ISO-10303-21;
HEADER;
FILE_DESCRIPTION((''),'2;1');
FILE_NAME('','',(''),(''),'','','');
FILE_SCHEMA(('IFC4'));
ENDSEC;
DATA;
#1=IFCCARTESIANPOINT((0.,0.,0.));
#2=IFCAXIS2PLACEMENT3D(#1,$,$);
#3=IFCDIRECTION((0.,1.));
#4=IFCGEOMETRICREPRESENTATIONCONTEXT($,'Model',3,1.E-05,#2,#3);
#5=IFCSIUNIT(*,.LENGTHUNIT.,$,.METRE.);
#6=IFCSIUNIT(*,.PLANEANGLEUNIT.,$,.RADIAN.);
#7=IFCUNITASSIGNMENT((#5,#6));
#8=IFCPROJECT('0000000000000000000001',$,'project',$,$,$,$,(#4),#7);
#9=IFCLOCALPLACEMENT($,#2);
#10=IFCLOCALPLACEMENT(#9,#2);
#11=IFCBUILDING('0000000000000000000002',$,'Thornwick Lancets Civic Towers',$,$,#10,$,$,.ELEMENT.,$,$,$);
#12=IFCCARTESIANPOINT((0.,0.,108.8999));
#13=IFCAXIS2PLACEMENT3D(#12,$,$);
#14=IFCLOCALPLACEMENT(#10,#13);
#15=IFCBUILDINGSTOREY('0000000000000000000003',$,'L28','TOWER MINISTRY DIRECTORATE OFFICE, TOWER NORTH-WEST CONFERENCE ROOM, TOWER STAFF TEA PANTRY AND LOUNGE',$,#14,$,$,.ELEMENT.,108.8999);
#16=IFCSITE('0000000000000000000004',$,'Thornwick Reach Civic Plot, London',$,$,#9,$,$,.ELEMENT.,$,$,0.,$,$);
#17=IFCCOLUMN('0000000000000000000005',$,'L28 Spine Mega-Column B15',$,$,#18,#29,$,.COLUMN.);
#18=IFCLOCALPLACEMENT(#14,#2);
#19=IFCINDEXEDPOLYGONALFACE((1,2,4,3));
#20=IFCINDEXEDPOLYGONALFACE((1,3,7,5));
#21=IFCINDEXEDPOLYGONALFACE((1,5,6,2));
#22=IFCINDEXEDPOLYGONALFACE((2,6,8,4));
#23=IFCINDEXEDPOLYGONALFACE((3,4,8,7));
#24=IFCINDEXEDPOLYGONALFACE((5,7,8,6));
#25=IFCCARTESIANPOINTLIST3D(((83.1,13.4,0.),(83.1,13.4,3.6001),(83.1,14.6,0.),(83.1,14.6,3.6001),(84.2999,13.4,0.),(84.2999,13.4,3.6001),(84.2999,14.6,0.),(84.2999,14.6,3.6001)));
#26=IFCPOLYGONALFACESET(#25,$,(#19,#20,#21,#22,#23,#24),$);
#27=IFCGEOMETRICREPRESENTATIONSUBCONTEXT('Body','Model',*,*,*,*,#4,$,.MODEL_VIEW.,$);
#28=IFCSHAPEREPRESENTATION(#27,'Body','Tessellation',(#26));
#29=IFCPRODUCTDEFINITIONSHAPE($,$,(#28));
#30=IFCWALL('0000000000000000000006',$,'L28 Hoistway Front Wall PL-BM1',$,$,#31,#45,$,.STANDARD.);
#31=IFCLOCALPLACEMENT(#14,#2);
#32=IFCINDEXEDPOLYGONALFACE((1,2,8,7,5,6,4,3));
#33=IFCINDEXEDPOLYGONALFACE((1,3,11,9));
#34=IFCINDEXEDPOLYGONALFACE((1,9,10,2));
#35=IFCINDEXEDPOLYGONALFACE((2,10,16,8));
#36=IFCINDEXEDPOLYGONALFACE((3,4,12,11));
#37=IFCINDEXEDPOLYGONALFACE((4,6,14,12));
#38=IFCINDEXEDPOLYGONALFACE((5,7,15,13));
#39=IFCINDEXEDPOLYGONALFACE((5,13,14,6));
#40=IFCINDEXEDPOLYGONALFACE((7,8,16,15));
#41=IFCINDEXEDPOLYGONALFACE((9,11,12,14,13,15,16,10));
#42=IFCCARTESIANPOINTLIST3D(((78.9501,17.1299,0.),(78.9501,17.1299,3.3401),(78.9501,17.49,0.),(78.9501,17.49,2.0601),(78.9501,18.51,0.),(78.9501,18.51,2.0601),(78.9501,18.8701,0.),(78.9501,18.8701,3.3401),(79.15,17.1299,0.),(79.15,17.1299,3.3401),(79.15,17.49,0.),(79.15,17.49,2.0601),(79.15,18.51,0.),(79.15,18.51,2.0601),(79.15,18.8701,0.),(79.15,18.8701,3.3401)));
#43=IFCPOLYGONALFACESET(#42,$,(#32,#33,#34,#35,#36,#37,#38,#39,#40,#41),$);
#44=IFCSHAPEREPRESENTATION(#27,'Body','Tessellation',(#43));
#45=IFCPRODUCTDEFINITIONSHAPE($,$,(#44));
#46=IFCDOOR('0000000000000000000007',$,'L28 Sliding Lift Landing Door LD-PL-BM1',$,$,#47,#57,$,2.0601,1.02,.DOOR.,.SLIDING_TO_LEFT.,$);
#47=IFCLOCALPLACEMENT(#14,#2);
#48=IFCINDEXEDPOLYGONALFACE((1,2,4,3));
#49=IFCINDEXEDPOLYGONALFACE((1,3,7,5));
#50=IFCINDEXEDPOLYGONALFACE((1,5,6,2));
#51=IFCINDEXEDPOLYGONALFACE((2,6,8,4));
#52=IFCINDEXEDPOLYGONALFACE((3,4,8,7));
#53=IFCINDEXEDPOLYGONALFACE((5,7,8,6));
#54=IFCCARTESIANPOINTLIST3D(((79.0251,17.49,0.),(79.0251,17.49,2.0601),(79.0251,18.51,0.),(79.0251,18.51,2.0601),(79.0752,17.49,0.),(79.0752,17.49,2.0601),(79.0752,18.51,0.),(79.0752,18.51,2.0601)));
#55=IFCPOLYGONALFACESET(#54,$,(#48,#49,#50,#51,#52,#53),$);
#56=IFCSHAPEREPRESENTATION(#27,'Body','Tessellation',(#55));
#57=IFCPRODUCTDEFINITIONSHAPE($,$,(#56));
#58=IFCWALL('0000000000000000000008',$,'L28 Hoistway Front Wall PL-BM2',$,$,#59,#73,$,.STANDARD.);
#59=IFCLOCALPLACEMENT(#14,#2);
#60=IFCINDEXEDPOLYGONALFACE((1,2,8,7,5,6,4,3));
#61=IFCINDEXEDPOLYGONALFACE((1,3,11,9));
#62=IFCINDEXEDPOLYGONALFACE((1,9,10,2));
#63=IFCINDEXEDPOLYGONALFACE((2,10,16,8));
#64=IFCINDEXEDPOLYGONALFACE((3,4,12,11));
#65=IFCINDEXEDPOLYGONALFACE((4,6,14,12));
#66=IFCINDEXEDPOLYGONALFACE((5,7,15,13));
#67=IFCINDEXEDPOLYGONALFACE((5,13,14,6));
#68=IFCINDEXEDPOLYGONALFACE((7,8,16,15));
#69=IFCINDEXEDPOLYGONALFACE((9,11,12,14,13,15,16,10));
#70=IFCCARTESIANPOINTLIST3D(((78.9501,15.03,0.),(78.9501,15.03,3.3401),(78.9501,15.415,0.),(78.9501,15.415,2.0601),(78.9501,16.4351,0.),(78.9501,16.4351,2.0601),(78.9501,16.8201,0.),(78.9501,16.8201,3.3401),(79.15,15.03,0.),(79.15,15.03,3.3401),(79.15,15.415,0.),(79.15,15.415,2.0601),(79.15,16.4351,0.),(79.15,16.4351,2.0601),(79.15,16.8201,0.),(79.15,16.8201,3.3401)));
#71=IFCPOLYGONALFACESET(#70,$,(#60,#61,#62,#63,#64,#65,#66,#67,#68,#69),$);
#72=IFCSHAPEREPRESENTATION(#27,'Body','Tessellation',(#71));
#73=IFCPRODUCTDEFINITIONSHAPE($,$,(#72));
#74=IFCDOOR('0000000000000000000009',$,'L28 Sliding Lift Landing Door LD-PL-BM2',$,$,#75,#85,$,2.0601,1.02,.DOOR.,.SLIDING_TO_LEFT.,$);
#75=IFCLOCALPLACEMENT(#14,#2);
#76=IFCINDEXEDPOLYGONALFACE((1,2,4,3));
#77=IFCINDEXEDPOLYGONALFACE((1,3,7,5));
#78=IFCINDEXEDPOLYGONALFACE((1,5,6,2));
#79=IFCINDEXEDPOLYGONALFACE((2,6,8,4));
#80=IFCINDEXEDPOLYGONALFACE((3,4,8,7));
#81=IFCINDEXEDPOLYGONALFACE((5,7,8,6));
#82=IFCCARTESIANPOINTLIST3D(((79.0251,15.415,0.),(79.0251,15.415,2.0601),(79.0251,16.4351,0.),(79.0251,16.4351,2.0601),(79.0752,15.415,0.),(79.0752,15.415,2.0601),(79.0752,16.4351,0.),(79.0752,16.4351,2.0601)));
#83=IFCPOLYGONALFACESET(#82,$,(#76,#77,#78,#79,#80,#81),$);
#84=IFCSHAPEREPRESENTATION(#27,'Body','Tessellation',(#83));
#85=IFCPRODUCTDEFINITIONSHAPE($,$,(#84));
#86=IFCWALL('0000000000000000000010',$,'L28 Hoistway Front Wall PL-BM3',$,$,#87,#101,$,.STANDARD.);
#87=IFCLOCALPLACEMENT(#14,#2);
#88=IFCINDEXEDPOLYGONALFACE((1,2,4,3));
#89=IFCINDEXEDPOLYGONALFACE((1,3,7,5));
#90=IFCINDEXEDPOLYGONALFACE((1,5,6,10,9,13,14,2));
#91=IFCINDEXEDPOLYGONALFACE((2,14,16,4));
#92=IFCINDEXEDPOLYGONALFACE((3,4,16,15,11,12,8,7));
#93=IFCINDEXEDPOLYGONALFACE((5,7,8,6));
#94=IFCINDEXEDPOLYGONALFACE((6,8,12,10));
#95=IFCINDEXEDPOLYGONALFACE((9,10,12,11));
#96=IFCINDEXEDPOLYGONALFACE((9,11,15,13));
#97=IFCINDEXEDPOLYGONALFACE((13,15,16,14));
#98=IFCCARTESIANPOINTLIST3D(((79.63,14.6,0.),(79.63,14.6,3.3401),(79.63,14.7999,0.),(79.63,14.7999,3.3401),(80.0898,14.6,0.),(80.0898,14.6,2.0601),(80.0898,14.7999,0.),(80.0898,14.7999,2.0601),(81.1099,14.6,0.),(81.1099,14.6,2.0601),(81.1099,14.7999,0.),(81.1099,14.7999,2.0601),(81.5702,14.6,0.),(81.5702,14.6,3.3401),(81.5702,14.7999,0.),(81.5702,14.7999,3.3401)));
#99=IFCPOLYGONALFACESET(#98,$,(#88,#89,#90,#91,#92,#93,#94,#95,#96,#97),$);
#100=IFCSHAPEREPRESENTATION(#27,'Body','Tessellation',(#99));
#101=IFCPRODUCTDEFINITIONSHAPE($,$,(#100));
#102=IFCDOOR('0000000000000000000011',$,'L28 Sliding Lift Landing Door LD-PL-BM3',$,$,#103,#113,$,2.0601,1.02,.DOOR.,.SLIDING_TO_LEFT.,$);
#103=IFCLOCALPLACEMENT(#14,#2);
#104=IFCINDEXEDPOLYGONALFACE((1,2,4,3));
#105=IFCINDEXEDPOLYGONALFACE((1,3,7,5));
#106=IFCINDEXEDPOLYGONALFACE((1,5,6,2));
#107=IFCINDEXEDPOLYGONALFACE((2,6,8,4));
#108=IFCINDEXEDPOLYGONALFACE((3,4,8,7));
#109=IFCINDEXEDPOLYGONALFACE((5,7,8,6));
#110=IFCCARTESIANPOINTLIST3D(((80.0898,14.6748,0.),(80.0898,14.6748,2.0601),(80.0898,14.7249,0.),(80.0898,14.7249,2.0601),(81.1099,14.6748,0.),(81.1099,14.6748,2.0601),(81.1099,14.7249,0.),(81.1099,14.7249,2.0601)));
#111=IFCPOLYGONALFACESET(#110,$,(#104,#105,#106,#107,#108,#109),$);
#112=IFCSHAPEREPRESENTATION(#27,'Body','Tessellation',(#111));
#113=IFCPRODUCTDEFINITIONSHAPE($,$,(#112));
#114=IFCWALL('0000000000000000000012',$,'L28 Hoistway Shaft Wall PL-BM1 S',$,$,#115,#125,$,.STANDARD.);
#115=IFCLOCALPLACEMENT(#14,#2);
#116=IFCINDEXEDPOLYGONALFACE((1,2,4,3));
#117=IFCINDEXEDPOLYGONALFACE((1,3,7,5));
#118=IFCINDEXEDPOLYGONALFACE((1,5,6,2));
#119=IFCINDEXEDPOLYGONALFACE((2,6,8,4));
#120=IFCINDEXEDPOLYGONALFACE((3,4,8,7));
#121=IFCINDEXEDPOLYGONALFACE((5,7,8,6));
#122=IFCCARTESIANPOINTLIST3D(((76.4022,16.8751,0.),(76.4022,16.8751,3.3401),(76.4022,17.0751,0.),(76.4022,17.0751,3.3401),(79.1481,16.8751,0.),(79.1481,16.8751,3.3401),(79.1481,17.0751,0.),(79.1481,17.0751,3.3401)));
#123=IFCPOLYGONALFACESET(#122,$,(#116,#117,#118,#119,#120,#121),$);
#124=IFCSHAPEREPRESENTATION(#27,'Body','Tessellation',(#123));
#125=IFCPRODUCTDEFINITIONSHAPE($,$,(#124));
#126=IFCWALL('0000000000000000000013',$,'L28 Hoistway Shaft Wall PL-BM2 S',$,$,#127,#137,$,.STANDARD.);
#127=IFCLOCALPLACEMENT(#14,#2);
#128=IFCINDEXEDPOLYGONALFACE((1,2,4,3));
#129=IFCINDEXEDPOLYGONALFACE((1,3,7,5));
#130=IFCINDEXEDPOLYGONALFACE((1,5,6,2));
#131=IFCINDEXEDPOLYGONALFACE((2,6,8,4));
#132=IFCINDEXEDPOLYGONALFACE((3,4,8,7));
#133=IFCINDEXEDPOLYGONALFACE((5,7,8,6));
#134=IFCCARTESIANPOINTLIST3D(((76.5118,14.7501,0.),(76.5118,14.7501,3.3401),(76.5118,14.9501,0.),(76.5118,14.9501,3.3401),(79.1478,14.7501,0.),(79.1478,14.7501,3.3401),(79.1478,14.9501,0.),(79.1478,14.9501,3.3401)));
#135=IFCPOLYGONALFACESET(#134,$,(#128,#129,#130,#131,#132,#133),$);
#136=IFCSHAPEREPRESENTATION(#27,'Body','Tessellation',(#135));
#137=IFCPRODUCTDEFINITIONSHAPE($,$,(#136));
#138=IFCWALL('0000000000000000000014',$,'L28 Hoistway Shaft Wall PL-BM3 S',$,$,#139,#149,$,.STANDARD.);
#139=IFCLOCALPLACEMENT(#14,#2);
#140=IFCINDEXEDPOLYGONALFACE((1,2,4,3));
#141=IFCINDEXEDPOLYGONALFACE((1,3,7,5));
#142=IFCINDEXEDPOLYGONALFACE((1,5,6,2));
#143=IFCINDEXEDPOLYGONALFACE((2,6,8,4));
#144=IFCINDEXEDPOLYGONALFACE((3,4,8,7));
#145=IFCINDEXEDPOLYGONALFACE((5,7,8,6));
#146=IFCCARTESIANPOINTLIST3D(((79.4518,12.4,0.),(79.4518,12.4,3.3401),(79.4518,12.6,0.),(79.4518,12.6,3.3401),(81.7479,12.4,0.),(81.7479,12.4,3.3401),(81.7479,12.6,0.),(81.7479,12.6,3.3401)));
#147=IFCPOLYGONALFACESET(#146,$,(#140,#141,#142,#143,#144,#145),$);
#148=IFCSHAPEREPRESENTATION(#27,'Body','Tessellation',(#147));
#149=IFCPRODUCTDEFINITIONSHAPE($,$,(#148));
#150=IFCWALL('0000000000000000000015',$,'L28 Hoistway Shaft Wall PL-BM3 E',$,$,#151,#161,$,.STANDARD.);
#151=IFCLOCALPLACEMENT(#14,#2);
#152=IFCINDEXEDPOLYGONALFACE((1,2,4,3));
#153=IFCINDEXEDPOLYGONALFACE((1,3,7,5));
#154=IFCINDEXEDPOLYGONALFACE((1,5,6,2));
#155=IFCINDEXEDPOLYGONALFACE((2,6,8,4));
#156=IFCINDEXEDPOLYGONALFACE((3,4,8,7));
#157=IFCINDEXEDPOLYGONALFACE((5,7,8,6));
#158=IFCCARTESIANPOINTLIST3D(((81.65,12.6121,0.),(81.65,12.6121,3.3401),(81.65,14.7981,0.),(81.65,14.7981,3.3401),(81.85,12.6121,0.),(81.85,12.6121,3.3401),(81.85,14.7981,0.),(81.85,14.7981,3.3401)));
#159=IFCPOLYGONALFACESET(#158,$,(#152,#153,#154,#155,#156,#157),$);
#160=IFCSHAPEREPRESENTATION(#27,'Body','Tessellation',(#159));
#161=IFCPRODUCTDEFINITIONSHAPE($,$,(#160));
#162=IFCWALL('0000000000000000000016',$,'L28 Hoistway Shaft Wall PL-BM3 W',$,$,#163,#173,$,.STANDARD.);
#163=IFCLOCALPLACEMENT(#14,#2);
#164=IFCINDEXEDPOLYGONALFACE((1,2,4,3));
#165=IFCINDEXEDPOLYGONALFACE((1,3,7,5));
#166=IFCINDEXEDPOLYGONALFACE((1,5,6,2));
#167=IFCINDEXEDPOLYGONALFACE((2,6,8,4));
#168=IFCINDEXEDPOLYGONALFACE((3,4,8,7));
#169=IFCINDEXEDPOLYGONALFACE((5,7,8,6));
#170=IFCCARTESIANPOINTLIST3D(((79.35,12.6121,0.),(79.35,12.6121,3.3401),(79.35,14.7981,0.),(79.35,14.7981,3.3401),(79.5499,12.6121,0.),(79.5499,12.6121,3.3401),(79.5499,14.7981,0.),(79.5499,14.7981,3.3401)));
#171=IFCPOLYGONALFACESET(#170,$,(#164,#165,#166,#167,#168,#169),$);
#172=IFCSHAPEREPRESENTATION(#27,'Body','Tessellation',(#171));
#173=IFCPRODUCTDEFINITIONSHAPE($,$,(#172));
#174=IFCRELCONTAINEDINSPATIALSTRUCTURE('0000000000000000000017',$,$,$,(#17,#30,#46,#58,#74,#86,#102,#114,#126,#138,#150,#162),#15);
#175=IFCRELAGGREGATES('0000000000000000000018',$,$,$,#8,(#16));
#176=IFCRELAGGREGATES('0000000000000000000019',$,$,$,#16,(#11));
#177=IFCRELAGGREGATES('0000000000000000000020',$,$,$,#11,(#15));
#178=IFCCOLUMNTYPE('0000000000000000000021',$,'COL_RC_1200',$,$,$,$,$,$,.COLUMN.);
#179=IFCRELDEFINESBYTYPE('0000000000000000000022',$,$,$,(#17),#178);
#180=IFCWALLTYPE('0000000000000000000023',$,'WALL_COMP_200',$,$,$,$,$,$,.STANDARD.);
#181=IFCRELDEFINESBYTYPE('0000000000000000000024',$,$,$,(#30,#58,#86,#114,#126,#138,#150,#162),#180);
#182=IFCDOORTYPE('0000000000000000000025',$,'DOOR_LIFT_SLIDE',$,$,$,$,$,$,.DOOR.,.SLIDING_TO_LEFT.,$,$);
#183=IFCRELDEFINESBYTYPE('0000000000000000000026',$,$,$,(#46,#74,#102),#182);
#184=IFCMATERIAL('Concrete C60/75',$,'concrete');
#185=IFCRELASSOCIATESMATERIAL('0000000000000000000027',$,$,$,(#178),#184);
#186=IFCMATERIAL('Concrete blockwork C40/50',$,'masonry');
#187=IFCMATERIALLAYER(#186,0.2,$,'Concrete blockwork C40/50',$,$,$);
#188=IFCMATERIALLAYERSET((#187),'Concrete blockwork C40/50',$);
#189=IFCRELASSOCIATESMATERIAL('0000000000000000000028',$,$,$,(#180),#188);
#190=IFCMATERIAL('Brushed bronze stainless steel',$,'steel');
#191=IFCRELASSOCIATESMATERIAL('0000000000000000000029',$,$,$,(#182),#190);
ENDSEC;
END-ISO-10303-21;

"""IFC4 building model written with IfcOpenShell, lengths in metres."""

from ifc_helpers import new_model, si_unit, direction, frame, frame_2d, origin, origin_2d, place, context, subcontext, project, spatial, rectangle, extrude, material, layer, layer_set, material_profile, profile_set, type_object, element, fill, save


model = new_model("IFC4")

# Units and contexts
model_context = context("Model", 3, precision=1e-05, world=origin(), true_north=direction((0.0, 1.0)))
body_context = subcontext(model_context, "Body", "Model", "MODEL_VIEW")
ifc_project = project(units=[si_unit("LENGTHUNIT", "METRE"), si_unit("PLANEANGLEUNIT", "RADIAN")], contexts=[model_context])

# Site, building, storey
site_placement = place(None, origin())
site = spatial("IfcSite", under=ifc_project, at=site_placement, Name="Thornwick Reach Civic Plot, London", CompositionType="ELEMENT", RefElevation=0.0)
building_placement = place(site_placement, origin())
building = spatial("IfcBuilding", under=site, at=building_placement, Name="Thornwick Lancets Civic Towers", CompositionType="ELEMENT")
storey_placement = place(building_placement, frame((0.0, 0.0, 108.8999)))
storey = spatial("IfcBuildingStorey", under=building, at=storey_placement, Name="L28", Description="TOWER MINISTRY DIRECTORATE OFFICE, TOWER NORTH-WEST CONFERENCE ROOM, TOWER STAFF TEA PANTRY AND LOUNGE", CompositionType="ELEMENT", Elevation=108.8999)

# Column
ifc_material_1 = material(Name="Concrete C60/75", Category="concrete")
ifc_material_profile = material_profile(ifc_material_1, rectangle(XDim=1.2, YDim=1.2, at=origin_2d()), Name="RC 1200x1200")
ifc_profile_set = profile_set([ifc_material_profile], Name="Concrete C60/75")
column_type = type_object("IfcColumnType", Name="COL_RC_1200", PredefinedType="COLUMN", material=ifc_profile_set)
column_placement = place(storey_placement, frame((83.7, 14.0, 0.0), z_axis=(0.0, 0.0, 1.0), x_axis=(1.0, 0.0, 0.0)))
element("IfcColumn", 1, at=column_placement, inside=storey, type_object=column_type, Name="L28 Spine Mega-Column B15", PredefinedType="COLUMN", context=body_context, shape_type="SweptSolid", body=[
    extrude(rectangle(XDim=1.2, YDim=1.2, at=origin_2d()), origin(), (0.0, 0.0, 1.0), 3.6001),
])

# Walls, openings, doors
ifc_material_2 = material(Name="Concrete blockwork C40/50", Category="masonry")
ifc_layer_1 = layer(ifc_material_2, 0.2, Name="Concrete blockwork C40/50")
ifc_layer_set_1 = layer_set([ifc_layer_1], Name="Concrete blockwork C40/50")
wall_type_1 = type_object("IfcWallType", Name="WALL_COMP_200", PredefinedType="STANDARD", material=ifc_layer_set_1)
wall_1_placement = place(storey_placement, frame((79.05, 17.1299, 0.0), z_axis=(0.0, 0.0, 1.0), x_axis=(0.0, 1.0, 0.0)))
wall_1 = element("IfcWall", 2, at=wall_1_placement, inside=storey, type_object=wall_type_1, Name="L28 Hoistway Front Wall PL-BM1", PredefinedType="STANDARD", context=body_context, shape_type="SweptSolid", body=[
    extrude(rectangle(XDim=1.7402, YDim=0.2, at=frame_2d((0.8701, 0.0))), origin(), (0.0, 0.0, 1.0), 3.3401),
])
opening_1_placement = place(wall_1_placement, frame((0.3601, 0.0, 0.0)))
opening_1 = element("IfcOpeningElement", 3, at=opening_1_placement, cuts=wall_1, PredefinedType="OPENING", context=body_context, shape_type="SweptSolid", body=[
    extrude(rectangle(XDim=1.02, YDim=2.0601, at=frame_2d((0.51, 1.03))), frame((0.0, 0.1099, 0.0), z_axis=(0.0, -1.0, 0.0), x_axis=(1.0, 0.0, 0.0)), (0.0, 0.0, 1.0), 0.22),
])
ifc_material_3 = material(Name="Brushed bronze stainless steel", Category="steel")
door_type_1 = type_object("IfcDoorType", Name="DOOR_LIFT_SLIDE", OperationType="SLIDING_TO_LEFT", PredefinedType="DOOR", material=ifc_material_3)
door_1_placement = place(opening_1_placement, origin())
door_1 = element("IfcDoor", 4, at=door_1_placement, inside=storey, type_object=door_type_1, Name="L28 Sliding Lift Landing Door LD-PL-BM1", OperationType="SLIDING_TO_LEFT", OverallHeight=2.0601, OverallWidth=1.02, PredefinedType="DOOR", context=body_context, shape_type="SweptSolid", body=[
    extrude(rectangle(XDim=1.02, YDim=2.0601, at=frame_2d((0.51, 1.03))), frame((0.0, 0.0249, 0.0), z_axis=(0.0, -1.0, 0.0), x_axis=(1.0, 0.0, 0.0)), (0.0, 0.0, 1.0), 0.05),
])
fill(opening_1, door_1)
wall_2_placement = place(storey_placement, frame((79.05, 15.03, 0.0), z_axis=(0.0, 0.0, 1.0), x_axis=(0.0, 1.0, 0.0)))
wall_2 = element("IfcWall", 5, at=wall_2_placement, inside=storey, type_object=wall_type_1, Name="L28 Hoistway Front Wall PL-BM2", PredefinedType="STANDARD", context=body_context, shape_type="SweptSolid", body=[
    extrude(rectangle(XDim=1.79, YDim=0.2, at=frame_2d((0.895, 0.0))), origin(), (0.0, 0.0, 1.0), 3.3401),
])
opening_2_placement = place(wall_2_placement, frame((0.385, 0.0, 0.0)))
opening_2 = element("IfcOpeningElement", 6, at=opening_2_placement, cuts=wall_2, PredefinedType="OPENING", context=body_context, shape_type="SweptSolid", body=[
    extrude(rectangle(XDim=1.02, YDim=2.0601, at=frame_2d((0.51, 1.03))), frame((0.0, 0.1099, 0.0), z_axis=(0.0, -1.0, 0.0), x_axis=(1.0, 0.0, 0.0)), (0.0, 0.0, 1.0), 0.22),
])
door_2_placement = place(opening_2_placement, origin())
door_2 = element("IfcDoor", 7, at=door_2_placement, inside=storey, type_object=door_type_1, Name="L28 Sliding Lift Landing Door LD-PL-BM2", OperationType="SLIDING_TO_LEFT", OverallHeight=2.0601, OverallWidth=1.02, PredefinedType="DOOR", context=body_context, shape_type="SweptSolid", body=[
    extrude(rectangle(XDim=1.02, YDim=2.0601, at=frame_2d((0.51, 1.03))), frame((0.0, 0.0249, 0.0), z_axis=(0.0, -1.0, 0.0), x_axis=(1.0, 0.0, 0.0)), (0.0, 0.0, 1.0), 0.05),
])
fill(opening_2, door_2)
wall_3_placement = place(storey_placement, frame((79.6299, 14.7, 0.0), z_axis=(0.0, 0.0, 1.0), x_axis=(1.0, 0.0, 0.0)))
wall_3 = element("IfcWall", 8, at=wall_3_placement, inside=storey, type_object=wall_type_1, Name="L28 Hoistway Front Wall PL-BM3", PredefinedType="STANDARD", context=body_context, shape_type="SweptSolid", body=[
    extrude(rectangle(XDim=1.9402, YDim=0.2, at=frame_2d((0.9702, 0.0))), origin(), (0.0, 0.0, 1.0), 3.3401),
])
opening_3_placement = place(wall_3_placement, frame((0.46, 0.0, 0.0)))
opening_3 = element("IfcOpeningElement", 9, at=opening_3_placement, cuts=wall_3, PredefinedType="OPENING", context=body_context, shape_type="SweptSolid", body=[
    extrude(rectangle(XDim=1.02, YDim=2.0601, at=frame_2d((0.51, 1.03))), frame((0.0, 0.1099, 0.0), z_axis=(0.0, -1.0, 0.0), x_axis=(1.0, 0.0, 0.0)), (0.0, 0.0, 1.0), 0.22),
])
door_3_placement = place(opening_3_placement, origin())
door_3 = element("IfcDoor", 10, at=door_3_placement, inside=storey, type_object=door_type_1, Name="L28 Sliding Lift Landing Door LD-PL-BM3", OperationType="SLIDING_TO_LEFT", OverallHeight=2.0601, OverallWidth=1.02, PredefinedType="DOOR", context=body_context, shape_type="SweptSolid", body=[
    extrude(rectangle(XDim=1.02, YDim=2.0601, at=frame_2d((0.51, 1.03))), frame((0.0, 0.0249, 0.0), z_axis=(0.0, -1.0, 0.0), x_axis=(1.0, 0.0, 0.0)), (0.0, 0.0, 1.0), 0.05),
])
fill(opening_3, door_3)

# Walls
wall_4_placement = place(storey_placement, frame((76.4021, 16.9751, 0.0), z_axis=(0.0, 0.0, 1.0), x_axis=(1.0, 0.0, 0.0)))
element("IfcWall", 11, at=wall_4_placement, inside=storey, type_object=wall_type_1, Name="L28 Hoistway Shaft Wall PL-BM1 S", PredefinedType="STANDARD", context=body_context, shape_type="SweptSolid", body=[
    extrude(rectangle(XDim=2.7458, YDim=0.2, at=frame_2d((1.373, 0.0))), origin(), (0.0, 0.0, 1.0), 3.3401),
])
wall_5_placement = place(storey_placement, frame((76.512, 14.8501, 0.0), z_axis=(0.0, 0.0, 1.0), x_axis=(1.0, 0.0, 0.0)))
element("IfcWall", 12, at=wall_5_placement, inside=storey, type_object=wall_type_1, Name="L28 Hoistway Shaft Wall PL-BM2 S", PredefinedType="STANDARD", context=body_context, shape_type="SweptSolid", body=[
    extrude(rectangle(XDim=2.636, YDim=0.2, at=frame_2d((1.3179, 0.0))), origin(), (0.0, 0.0, 1.0), 3.3401),
])
wall_6_placement = place(storey_placement, frame((79.4519, 12.5, 0.0), z_axis=(0.0, 0.0, 1.0), x_axis=(1.0, 0.0, 0.0)))
element("IfcWall", 13, at=wall_6_placement, inside=storey, type_object=wall_type_1, Name="L28 Hoistway Shaft Wall PL-BM3 S", PredefinedType="STANDARD", context=body_context, shape_type="SweptSolid", body=[
    extrude(rectangle(XDim=2.2961, YDim=0.2, at=frame_2d((1.1479, 0.0))), origin(), (0.0, 0.0, 1.0), 3.3401),
])
for number, where, z_axis, x_axis, name in (
    (14, (81.75, 12.6121, 0.0), (0.0, 0.0, 1.0), (0.0, 1.0, 0.0), "L28 Hoistway Shaft Wall PL-BM3 E"),
    (15, (79.45, 12.6121, 0.0), (0.0, 0.0, 1.0), (0.0, 1.0, 0.0), "L28 Hoistway Shaft Wall PL-BM3 W"),
):
    element("IfcWall", number, at=place(storey_placement, frame(where, z_axis=z_axis, x_axis=x_axis)), inside=storey, type_object=wall_type_1, Name=name, PredefinedType="STANDARD", context=body_context, shape_type="SweptSolid", body=[
        extrude(rectangle(XDim=2.186, YDim=0.2, at=frame_2d((1.093, 0.0))), origin(), (0.0, 0.0, 1.0), 3.3401),
    ])

save(model, "model.ifc")
